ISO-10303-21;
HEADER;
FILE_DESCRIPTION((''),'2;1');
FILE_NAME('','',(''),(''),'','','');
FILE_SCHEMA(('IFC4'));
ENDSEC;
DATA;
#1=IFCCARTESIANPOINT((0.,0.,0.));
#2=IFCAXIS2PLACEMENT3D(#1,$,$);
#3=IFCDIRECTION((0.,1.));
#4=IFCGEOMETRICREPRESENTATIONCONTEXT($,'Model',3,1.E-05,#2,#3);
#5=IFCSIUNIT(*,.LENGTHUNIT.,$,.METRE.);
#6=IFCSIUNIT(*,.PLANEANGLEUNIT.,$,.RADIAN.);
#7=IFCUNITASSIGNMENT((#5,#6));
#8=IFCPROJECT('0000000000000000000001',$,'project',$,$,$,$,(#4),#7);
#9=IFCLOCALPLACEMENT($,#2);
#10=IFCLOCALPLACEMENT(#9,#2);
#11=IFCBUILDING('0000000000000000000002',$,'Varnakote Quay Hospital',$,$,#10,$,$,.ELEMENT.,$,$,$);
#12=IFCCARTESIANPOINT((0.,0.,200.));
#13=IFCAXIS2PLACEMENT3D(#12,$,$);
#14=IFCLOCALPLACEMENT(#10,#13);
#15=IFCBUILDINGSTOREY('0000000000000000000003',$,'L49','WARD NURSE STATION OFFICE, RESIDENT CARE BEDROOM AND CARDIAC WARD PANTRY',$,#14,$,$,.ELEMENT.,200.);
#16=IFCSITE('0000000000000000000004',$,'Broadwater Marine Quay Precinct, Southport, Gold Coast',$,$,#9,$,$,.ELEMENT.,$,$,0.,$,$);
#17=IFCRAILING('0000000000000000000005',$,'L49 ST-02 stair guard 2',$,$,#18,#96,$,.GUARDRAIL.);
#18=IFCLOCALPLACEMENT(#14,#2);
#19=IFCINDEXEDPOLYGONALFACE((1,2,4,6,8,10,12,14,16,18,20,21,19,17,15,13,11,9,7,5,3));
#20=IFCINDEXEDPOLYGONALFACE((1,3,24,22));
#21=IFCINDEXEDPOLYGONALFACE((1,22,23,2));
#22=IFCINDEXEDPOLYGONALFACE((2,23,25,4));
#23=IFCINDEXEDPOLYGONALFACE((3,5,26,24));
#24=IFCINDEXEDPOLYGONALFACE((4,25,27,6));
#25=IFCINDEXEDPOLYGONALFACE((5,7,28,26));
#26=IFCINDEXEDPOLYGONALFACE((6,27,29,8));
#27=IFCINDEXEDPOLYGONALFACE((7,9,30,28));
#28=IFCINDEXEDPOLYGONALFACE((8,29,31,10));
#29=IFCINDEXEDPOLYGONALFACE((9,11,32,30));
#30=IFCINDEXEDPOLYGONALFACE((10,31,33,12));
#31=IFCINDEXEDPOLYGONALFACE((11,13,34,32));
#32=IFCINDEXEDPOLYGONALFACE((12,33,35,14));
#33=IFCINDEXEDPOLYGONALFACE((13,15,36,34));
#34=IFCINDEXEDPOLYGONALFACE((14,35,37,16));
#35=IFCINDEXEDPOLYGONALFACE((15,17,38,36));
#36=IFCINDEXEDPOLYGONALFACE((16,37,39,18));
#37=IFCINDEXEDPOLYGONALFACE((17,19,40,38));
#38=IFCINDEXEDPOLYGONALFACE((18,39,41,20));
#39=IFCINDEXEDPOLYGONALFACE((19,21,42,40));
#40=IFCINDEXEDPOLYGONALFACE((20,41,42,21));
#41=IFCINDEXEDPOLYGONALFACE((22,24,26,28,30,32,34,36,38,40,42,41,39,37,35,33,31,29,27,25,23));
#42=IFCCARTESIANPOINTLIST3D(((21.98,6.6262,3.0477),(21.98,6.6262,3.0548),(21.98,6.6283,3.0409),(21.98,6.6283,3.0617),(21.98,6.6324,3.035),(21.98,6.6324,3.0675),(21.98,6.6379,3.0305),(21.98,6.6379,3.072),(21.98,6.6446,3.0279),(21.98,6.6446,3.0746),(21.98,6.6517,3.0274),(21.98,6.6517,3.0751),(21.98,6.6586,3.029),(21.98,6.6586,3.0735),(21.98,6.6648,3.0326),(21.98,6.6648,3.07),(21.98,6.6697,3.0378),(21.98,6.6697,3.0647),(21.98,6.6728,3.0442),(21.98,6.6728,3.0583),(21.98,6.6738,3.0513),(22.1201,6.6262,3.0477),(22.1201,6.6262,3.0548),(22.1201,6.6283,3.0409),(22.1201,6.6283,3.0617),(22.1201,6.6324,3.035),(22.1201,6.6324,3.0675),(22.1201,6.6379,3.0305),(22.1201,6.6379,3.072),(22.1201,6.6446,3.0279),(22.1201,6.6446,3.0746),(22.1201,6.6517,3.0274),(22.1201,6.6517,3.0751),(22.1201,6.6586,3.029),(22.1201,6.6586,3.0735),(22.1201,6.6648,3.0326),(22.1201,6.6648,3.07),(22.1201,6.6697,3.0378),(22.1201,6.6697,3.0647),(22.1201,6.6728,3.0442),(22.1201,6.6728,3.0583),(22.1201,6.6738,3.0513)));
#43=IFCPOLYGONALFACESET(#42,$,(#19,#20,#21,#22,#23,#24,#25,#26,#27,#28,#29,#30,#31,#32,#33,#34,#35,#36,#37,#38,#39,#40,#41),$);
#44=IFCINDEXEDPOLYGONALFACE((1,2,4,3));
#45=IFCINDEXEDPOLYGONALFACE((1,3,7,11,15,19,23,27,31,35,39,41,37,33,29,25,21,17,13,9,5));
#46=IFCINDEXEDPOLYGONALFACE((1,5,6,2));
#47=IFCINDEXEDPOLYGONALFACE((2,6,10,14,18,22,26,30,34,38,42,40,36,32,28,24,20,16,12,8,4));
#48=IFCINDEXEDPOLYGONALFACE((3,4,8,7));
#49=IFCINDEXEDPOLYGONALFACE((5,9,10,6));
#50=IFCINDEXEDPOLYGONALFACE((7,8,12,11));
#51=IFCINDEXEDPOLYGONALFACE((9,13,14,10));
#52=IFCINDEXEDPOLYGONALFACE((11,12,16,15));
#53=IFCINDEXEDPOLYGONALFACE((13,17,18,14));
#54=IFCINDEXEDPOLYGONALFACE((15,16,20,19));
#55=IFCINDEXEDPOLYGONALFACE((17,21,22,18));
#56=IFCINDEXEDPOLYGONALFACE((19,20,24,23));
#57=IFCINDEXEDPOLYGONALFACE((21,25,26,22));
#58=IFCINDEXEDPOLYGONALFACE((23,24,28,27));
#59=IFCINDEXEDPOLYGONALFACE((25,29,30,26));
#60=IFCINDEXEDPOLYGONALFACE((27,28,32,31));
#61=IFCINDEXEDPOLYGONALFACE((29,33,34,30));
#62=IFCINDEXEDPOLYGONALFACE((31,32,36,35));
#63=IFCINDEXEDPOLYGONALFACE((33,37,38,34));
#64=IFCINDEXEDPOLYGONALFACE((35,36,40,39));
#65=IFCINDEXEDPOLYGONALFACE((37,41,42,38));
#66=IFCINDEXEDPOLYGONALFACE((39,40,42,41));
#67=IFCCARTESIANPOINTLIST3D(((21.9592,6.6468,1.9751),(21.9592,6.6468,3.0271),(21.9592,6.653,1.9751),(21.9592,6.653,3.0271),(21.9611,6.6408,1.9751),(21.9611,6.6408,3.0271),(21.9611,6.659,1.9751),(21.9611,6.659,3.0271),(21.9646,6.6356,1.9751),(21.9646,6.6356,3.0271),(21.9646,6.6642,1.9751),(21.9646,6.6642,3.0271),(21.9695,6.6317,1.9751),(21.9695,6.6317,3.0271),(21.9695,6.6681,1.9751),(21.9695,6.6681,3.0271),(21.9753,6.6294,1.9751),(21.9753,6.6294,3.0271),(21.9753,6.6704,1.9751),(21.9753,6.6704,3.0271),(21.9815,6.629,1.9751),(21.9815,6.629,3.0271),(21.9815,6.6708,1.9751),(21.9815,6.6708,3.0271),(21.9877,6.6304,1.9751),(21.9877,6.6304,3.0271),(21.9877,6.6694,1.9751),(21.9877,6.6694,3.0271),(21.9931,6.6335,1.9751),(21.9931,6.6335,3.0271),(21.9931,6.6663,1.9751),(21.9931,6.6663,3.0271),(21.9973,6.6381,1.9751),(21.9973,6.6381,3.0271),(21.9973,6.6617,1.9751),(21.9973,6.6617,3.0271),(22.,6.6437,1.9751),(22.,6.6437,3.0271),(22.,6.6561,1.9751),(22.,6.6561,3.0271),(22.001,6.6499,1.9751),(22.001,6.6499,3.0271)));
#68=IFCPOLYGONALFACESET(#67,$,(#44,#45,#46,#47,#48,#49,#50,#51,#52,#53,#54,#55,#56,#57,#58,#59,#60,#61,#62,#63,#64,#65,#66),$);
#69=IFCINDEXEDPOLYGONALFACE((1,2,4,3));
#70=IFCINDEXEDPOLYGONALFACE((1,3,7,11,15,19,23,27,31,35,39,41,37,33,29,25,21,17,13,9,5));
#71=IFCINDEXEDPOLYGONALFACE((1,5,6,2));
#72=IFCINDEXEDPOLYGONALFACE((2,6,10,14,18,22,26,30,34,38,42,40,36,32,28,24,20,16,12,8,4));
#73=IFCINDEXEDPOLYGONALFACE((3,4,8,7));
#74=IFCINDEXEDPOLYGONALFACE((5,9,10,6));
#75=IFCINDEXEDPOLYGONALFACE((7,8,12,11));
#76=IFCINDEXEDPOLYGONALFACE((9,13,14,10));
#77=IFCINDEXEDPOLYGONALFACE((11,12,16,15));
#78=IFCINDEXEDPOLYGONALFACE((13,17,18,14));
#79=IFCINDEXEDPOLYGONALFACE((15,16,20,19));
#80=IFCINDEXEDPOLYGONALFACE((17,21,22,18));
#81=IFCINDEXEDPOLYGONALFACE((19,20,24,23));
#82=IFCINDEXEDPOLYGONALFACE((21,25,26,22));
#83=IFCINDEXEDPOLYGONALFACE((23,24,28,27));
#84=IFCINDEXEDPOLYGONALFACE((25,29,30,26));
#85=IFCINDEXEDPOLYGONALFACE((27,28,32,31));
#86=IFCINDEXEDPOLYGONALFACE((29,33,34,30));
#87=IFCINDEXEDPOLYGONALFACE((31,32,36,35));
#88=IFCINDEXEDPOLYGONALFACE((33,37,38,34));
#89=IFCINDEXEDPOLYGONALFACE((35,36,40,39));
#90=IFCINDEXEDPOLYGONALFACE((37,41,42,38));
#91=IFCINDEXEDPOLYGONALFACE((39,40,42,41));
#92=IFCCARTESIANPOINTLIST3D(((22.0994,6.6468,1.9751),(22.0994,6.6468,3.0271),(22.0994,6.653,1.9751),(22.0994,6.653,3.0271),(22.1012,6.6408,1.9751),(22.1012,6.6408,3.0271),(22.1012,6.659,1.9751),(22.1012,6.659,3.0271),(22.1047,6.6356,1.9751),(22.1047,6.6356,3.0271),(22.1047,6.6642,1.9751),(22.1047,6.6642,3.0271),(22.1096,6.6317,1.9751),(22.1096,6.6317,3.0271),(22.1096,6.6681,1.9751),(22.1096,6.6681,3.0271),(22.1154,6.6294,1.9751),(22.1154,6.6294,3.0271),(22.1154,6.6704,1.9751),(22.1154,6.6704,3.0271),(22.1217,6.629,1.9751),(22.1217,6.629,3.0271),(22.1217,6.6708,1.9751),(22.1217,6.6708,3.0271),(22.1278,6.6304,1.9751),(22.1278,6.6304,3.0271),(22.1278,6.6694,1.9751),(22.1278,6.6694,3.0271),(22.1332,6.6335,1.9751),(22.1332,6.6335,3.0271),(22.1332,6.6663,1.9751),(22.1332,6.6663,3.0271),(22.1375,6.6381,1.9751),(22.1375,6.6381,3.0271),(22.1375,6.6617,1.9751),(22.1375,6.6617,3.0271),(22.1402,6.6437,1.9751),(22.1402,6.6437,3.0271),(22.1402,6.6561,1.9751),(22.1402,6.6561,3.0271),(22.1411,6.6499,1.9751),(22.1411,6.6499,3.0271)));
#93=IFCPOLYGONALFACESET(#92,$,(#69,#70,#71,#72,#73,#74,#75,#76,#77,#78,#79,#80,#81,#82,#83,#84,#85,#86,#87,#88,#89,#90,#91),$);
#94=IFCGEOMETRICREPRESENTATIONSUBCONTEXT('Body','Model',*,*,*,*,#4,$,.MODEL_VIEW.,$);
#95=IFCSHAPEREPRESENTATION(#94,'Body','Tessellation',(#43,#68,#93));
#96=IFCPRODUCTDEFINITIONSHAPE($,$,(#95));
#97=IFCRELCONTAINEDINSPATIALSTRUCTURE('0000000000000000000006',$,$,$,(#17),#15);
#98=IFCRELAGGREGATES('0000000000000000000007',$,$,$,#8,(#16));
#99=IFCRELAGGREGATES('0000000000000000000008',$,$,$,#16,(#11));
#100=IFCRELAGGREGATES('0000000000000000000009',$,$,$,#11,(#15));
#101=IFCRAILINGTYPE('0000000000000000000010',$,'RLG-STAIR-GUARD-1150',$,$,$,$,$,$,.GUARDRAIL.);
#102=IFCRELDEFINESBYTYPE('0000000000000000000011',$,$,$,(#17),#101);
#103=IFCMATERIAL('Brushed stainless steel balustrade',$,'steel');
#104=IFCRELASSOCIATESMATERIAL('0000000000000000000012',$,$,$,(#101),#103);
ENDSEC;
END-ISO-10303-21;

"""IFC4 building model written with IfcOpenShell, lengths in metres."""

from ifc_helpers import new_model, si_unit, direction, frame, origin, origin_2d, place, context, subcontext, project, spatial, circle, extrude, material, type_object, element, save


model = new_model("IFC4")

# Units and contexts
model_context = context("Model", 3, precision=1e-05, world=origin(), true_north=direction((0.0, 1.0)))
body_context = subcontext(model_context, "Body", "Model", "MODEL_VIEW")
ifc_project = project(units=[si_unit("LENGTHUNIT", "METRE"), si_unit("PLANEANGLEUNIT", "RADIAN")], contexts=[model_context])

# Site, building, storey
site_placement = place(None, origin())
site = spatial("IfcSite", under=ifc_project, at=site_placement, Name="Broadwater Marine Quay Precinct, Southport, Gold Coast", CompositionType="ELEMENT", RefElevation=0.0)
building_placement = place(site_placement, origin())
building = spatial("IfcBuilding", under=site, at=building_placement, Name="Varnakote Quay Hospital", CompositionType="ELEMENT")
storey_placement = place(building_placement, frame((0.0, 0.0, 200.0)))
storey = spatial("IfcBuildingStorey", under=building, at=storey_placement, Name="L49", Description="WARD NURSE STATION OFFICE, RESIDENT CARE BEDROOM AND CARDIAC WARD PANTRY", CompositionType="ELEMENT", Elevation=200.0)

# Railing
ifc_material_1 = material(Name="Brushed stainless steel balustrade", Category="steel")
railing_type_1 = type_object("IfcRailingType", Name="RLG-STAIR-GUARD-1150", PredefinedType="GUARDRAIL", material=ifc_material_1)
railing_1_placement = place(storey_placement, frame((21.98, 6.6499, 1.9751)))
element("IfcRailing", 1, at=railing_1_placement, inside=storey, type_object=railing_type_1, Name="L49 ST-02 stair guard 2", PredefinedType="GUARDRAIL", context=body_context, shape_type="SweptSolid", body=[
    extrude(circle(Radius=0.0239, at=origin_2d()), frame((0.0, 0.0, 1.0762), z_axis=(1.0, 0.0, 0.0), x_axis=(0.0, 1.0, 0.0)), (0.0, 0.0, 1.0), 0.1401),
    extrude(circle(Radius=0.021, at=origin_2d()), origin(), (0.0, 0.0, 1.0), 1.052),
    extrude(circle(Radius=0.021, at=origin_2d()), frame((0.1401, 0.0, 0.0)), (0.0, 0.0, 1.0), 1.052),
])

save(model, "model.ifc")
